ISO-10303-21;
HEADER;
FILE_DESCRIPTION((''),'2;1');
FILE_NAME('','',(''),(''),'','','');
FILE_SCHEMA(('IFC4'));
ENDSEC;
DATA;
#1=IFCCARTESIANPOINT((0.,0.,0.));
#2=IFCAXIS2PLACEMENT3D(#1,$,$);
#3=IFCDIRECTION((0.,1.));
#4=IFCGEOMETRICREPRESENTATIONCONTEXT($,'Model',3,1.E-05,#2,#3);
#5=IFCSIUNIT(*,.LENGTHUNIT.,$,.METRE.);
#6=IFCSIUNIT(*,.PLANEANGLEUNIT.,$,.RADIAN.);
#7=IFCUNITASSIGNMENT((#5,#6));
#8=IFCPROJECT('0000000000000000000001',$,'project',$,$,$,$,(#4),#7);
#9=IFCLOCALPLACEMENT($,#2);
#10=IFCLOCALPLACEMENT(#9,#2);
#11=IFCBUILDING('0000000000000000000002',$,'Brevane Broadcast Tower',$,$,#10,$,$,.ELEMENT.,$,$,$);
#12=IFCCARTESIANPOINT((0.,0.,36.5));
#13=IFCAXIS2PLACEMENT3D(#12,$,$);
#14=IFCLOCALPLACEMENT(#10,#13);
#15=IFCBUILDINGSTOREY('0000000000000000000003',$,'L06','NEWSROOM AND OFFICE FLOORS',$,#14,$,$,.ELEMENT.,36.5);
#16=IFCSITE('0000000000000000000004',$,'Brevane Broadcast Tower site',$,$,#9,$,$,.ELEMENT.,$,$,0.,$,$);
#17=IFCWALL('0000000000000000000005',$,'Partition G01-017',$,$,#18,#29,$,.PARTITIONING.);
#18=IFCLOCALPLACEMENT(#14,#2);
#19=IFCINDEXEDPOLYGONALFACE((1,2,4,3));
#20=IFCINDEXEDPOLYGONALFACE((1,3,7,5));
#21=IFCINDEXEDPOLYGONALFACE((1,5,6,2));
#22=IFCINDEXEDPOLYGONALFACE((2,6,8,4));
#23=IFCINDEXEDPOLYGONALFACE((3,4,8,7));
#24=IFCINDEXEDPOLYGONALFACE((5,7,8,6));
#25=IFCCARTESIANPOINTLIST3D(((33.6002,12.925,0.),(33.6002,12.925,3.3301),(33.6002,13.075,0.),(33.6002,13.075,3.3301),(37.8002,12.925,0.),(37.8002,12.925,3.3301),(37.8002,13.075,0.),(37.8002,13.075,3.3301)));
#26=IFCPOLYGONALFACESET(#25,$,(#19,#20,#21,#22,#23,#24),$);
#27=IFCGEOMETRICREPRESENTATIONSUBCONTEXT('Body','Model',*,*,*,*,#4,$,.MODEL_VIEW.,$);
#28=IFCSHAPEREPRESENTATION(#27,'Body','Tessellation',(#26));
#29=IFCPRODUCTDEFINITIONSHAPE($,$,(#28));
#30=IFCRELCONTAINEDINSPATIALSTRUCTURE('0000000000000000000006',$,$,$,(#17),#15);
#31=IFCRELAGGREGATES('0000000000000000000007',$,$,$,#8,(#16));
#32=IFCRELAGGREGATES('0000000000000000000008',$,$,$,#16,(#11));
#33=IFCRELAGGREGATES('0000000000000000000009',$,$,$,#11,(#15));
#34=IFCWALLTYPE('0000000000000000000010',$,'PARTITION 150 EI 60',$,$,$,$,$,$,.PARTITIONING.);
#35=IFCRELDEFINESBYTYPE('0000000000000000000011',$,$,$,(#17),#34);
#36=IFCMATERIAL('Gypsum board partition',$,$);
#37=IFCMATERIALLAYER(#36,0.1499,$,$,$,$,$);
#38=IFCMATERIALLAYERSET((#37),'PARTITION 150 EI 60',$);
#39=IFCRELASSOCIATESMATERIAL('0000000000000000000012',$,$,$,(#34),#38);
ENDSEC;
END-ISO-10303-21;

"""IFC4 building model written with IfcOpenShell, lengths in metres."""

from ifc_helpers import new_model, si_unit, direction, frame, frame_2d, origin, place, context, subcontext, project, spatial, rectangle, extrude, material, layer, layer_set, type_object, element, save


model = new_model("IFC4")

# Units and contexts
model_context = context("Model", 3, precision=1e-05, world=origin(), true_north=direction((0.0, 1.0)))
body_context = subcontext(model_context, "Body", "Model", "MODEL_VIEW")
ifc_project = project(units=[si_unit("LENGTHUNIT", "METRE"), si_unit("PLANEANGLEUNIT", "RADIAN")], contexts=[model_context])

# Site, building, storey
site_placement = place(None, origin())
site = spatial("IfcSite", under=ifc_project, at=site_placement, Name="Brevane Broadcast Tower site", CompositionType="ELEMENT", RefElevation=0.0)
building_placement = place(site_placement, origin())
building = spatial("IfcBuilding", under=site, at=building_placement, Name="Brevane Broadcast Tower", CompositionType="ELEMENT")
storey_placement = place(building_placement, frame((0.0, 0.0, 36.5)))
storey = spatial("IfcBuildingStorey", under=building, at=storey_placement, Name="L06", Description="NEWSROOM AND OFFICE FLOORS", CompositionType="ELEMENT", Elevation=36.5)

# Shared definitions
ifc_material_1 = material(Name="Gypsum board partition")

# Shared definitions
ifc_layer_1 = layer(ifc_material_1, 0.1499)
ifc_layer_set_1 = layer_set([ifc_layer_1], Name="PARTITION 150 EI 60")
wall_type_1 = type_object("IfcWallType", Name="PARTITION 150 EI 60", PredefinedType="PARTITIONING", material=ifc_layer_set_1)

# Wall
wall_1_placement = place(storey_placement, frame((33.6001, 13.0, 0.0), z_axis=(0.0, 0.0, 1.0), x_axis=(1.0, 0.0, 0.0)))
element("IfcWall", 1, at=wall_1_placement, inside=storey, type_object=wall_type_1, Name="Partition G01-017", PredefinedType="PARTITIONING", context=body_context, shape_type="SweptSolid", body=[
    extrude(rectangle(XDim=4.2, YDim=0.1499, at=frame_2d((2.1001, 0.0))), origin(), (0.0, 0.0, 1.0), 3.3301),
])

save(model, "model.ifc")
